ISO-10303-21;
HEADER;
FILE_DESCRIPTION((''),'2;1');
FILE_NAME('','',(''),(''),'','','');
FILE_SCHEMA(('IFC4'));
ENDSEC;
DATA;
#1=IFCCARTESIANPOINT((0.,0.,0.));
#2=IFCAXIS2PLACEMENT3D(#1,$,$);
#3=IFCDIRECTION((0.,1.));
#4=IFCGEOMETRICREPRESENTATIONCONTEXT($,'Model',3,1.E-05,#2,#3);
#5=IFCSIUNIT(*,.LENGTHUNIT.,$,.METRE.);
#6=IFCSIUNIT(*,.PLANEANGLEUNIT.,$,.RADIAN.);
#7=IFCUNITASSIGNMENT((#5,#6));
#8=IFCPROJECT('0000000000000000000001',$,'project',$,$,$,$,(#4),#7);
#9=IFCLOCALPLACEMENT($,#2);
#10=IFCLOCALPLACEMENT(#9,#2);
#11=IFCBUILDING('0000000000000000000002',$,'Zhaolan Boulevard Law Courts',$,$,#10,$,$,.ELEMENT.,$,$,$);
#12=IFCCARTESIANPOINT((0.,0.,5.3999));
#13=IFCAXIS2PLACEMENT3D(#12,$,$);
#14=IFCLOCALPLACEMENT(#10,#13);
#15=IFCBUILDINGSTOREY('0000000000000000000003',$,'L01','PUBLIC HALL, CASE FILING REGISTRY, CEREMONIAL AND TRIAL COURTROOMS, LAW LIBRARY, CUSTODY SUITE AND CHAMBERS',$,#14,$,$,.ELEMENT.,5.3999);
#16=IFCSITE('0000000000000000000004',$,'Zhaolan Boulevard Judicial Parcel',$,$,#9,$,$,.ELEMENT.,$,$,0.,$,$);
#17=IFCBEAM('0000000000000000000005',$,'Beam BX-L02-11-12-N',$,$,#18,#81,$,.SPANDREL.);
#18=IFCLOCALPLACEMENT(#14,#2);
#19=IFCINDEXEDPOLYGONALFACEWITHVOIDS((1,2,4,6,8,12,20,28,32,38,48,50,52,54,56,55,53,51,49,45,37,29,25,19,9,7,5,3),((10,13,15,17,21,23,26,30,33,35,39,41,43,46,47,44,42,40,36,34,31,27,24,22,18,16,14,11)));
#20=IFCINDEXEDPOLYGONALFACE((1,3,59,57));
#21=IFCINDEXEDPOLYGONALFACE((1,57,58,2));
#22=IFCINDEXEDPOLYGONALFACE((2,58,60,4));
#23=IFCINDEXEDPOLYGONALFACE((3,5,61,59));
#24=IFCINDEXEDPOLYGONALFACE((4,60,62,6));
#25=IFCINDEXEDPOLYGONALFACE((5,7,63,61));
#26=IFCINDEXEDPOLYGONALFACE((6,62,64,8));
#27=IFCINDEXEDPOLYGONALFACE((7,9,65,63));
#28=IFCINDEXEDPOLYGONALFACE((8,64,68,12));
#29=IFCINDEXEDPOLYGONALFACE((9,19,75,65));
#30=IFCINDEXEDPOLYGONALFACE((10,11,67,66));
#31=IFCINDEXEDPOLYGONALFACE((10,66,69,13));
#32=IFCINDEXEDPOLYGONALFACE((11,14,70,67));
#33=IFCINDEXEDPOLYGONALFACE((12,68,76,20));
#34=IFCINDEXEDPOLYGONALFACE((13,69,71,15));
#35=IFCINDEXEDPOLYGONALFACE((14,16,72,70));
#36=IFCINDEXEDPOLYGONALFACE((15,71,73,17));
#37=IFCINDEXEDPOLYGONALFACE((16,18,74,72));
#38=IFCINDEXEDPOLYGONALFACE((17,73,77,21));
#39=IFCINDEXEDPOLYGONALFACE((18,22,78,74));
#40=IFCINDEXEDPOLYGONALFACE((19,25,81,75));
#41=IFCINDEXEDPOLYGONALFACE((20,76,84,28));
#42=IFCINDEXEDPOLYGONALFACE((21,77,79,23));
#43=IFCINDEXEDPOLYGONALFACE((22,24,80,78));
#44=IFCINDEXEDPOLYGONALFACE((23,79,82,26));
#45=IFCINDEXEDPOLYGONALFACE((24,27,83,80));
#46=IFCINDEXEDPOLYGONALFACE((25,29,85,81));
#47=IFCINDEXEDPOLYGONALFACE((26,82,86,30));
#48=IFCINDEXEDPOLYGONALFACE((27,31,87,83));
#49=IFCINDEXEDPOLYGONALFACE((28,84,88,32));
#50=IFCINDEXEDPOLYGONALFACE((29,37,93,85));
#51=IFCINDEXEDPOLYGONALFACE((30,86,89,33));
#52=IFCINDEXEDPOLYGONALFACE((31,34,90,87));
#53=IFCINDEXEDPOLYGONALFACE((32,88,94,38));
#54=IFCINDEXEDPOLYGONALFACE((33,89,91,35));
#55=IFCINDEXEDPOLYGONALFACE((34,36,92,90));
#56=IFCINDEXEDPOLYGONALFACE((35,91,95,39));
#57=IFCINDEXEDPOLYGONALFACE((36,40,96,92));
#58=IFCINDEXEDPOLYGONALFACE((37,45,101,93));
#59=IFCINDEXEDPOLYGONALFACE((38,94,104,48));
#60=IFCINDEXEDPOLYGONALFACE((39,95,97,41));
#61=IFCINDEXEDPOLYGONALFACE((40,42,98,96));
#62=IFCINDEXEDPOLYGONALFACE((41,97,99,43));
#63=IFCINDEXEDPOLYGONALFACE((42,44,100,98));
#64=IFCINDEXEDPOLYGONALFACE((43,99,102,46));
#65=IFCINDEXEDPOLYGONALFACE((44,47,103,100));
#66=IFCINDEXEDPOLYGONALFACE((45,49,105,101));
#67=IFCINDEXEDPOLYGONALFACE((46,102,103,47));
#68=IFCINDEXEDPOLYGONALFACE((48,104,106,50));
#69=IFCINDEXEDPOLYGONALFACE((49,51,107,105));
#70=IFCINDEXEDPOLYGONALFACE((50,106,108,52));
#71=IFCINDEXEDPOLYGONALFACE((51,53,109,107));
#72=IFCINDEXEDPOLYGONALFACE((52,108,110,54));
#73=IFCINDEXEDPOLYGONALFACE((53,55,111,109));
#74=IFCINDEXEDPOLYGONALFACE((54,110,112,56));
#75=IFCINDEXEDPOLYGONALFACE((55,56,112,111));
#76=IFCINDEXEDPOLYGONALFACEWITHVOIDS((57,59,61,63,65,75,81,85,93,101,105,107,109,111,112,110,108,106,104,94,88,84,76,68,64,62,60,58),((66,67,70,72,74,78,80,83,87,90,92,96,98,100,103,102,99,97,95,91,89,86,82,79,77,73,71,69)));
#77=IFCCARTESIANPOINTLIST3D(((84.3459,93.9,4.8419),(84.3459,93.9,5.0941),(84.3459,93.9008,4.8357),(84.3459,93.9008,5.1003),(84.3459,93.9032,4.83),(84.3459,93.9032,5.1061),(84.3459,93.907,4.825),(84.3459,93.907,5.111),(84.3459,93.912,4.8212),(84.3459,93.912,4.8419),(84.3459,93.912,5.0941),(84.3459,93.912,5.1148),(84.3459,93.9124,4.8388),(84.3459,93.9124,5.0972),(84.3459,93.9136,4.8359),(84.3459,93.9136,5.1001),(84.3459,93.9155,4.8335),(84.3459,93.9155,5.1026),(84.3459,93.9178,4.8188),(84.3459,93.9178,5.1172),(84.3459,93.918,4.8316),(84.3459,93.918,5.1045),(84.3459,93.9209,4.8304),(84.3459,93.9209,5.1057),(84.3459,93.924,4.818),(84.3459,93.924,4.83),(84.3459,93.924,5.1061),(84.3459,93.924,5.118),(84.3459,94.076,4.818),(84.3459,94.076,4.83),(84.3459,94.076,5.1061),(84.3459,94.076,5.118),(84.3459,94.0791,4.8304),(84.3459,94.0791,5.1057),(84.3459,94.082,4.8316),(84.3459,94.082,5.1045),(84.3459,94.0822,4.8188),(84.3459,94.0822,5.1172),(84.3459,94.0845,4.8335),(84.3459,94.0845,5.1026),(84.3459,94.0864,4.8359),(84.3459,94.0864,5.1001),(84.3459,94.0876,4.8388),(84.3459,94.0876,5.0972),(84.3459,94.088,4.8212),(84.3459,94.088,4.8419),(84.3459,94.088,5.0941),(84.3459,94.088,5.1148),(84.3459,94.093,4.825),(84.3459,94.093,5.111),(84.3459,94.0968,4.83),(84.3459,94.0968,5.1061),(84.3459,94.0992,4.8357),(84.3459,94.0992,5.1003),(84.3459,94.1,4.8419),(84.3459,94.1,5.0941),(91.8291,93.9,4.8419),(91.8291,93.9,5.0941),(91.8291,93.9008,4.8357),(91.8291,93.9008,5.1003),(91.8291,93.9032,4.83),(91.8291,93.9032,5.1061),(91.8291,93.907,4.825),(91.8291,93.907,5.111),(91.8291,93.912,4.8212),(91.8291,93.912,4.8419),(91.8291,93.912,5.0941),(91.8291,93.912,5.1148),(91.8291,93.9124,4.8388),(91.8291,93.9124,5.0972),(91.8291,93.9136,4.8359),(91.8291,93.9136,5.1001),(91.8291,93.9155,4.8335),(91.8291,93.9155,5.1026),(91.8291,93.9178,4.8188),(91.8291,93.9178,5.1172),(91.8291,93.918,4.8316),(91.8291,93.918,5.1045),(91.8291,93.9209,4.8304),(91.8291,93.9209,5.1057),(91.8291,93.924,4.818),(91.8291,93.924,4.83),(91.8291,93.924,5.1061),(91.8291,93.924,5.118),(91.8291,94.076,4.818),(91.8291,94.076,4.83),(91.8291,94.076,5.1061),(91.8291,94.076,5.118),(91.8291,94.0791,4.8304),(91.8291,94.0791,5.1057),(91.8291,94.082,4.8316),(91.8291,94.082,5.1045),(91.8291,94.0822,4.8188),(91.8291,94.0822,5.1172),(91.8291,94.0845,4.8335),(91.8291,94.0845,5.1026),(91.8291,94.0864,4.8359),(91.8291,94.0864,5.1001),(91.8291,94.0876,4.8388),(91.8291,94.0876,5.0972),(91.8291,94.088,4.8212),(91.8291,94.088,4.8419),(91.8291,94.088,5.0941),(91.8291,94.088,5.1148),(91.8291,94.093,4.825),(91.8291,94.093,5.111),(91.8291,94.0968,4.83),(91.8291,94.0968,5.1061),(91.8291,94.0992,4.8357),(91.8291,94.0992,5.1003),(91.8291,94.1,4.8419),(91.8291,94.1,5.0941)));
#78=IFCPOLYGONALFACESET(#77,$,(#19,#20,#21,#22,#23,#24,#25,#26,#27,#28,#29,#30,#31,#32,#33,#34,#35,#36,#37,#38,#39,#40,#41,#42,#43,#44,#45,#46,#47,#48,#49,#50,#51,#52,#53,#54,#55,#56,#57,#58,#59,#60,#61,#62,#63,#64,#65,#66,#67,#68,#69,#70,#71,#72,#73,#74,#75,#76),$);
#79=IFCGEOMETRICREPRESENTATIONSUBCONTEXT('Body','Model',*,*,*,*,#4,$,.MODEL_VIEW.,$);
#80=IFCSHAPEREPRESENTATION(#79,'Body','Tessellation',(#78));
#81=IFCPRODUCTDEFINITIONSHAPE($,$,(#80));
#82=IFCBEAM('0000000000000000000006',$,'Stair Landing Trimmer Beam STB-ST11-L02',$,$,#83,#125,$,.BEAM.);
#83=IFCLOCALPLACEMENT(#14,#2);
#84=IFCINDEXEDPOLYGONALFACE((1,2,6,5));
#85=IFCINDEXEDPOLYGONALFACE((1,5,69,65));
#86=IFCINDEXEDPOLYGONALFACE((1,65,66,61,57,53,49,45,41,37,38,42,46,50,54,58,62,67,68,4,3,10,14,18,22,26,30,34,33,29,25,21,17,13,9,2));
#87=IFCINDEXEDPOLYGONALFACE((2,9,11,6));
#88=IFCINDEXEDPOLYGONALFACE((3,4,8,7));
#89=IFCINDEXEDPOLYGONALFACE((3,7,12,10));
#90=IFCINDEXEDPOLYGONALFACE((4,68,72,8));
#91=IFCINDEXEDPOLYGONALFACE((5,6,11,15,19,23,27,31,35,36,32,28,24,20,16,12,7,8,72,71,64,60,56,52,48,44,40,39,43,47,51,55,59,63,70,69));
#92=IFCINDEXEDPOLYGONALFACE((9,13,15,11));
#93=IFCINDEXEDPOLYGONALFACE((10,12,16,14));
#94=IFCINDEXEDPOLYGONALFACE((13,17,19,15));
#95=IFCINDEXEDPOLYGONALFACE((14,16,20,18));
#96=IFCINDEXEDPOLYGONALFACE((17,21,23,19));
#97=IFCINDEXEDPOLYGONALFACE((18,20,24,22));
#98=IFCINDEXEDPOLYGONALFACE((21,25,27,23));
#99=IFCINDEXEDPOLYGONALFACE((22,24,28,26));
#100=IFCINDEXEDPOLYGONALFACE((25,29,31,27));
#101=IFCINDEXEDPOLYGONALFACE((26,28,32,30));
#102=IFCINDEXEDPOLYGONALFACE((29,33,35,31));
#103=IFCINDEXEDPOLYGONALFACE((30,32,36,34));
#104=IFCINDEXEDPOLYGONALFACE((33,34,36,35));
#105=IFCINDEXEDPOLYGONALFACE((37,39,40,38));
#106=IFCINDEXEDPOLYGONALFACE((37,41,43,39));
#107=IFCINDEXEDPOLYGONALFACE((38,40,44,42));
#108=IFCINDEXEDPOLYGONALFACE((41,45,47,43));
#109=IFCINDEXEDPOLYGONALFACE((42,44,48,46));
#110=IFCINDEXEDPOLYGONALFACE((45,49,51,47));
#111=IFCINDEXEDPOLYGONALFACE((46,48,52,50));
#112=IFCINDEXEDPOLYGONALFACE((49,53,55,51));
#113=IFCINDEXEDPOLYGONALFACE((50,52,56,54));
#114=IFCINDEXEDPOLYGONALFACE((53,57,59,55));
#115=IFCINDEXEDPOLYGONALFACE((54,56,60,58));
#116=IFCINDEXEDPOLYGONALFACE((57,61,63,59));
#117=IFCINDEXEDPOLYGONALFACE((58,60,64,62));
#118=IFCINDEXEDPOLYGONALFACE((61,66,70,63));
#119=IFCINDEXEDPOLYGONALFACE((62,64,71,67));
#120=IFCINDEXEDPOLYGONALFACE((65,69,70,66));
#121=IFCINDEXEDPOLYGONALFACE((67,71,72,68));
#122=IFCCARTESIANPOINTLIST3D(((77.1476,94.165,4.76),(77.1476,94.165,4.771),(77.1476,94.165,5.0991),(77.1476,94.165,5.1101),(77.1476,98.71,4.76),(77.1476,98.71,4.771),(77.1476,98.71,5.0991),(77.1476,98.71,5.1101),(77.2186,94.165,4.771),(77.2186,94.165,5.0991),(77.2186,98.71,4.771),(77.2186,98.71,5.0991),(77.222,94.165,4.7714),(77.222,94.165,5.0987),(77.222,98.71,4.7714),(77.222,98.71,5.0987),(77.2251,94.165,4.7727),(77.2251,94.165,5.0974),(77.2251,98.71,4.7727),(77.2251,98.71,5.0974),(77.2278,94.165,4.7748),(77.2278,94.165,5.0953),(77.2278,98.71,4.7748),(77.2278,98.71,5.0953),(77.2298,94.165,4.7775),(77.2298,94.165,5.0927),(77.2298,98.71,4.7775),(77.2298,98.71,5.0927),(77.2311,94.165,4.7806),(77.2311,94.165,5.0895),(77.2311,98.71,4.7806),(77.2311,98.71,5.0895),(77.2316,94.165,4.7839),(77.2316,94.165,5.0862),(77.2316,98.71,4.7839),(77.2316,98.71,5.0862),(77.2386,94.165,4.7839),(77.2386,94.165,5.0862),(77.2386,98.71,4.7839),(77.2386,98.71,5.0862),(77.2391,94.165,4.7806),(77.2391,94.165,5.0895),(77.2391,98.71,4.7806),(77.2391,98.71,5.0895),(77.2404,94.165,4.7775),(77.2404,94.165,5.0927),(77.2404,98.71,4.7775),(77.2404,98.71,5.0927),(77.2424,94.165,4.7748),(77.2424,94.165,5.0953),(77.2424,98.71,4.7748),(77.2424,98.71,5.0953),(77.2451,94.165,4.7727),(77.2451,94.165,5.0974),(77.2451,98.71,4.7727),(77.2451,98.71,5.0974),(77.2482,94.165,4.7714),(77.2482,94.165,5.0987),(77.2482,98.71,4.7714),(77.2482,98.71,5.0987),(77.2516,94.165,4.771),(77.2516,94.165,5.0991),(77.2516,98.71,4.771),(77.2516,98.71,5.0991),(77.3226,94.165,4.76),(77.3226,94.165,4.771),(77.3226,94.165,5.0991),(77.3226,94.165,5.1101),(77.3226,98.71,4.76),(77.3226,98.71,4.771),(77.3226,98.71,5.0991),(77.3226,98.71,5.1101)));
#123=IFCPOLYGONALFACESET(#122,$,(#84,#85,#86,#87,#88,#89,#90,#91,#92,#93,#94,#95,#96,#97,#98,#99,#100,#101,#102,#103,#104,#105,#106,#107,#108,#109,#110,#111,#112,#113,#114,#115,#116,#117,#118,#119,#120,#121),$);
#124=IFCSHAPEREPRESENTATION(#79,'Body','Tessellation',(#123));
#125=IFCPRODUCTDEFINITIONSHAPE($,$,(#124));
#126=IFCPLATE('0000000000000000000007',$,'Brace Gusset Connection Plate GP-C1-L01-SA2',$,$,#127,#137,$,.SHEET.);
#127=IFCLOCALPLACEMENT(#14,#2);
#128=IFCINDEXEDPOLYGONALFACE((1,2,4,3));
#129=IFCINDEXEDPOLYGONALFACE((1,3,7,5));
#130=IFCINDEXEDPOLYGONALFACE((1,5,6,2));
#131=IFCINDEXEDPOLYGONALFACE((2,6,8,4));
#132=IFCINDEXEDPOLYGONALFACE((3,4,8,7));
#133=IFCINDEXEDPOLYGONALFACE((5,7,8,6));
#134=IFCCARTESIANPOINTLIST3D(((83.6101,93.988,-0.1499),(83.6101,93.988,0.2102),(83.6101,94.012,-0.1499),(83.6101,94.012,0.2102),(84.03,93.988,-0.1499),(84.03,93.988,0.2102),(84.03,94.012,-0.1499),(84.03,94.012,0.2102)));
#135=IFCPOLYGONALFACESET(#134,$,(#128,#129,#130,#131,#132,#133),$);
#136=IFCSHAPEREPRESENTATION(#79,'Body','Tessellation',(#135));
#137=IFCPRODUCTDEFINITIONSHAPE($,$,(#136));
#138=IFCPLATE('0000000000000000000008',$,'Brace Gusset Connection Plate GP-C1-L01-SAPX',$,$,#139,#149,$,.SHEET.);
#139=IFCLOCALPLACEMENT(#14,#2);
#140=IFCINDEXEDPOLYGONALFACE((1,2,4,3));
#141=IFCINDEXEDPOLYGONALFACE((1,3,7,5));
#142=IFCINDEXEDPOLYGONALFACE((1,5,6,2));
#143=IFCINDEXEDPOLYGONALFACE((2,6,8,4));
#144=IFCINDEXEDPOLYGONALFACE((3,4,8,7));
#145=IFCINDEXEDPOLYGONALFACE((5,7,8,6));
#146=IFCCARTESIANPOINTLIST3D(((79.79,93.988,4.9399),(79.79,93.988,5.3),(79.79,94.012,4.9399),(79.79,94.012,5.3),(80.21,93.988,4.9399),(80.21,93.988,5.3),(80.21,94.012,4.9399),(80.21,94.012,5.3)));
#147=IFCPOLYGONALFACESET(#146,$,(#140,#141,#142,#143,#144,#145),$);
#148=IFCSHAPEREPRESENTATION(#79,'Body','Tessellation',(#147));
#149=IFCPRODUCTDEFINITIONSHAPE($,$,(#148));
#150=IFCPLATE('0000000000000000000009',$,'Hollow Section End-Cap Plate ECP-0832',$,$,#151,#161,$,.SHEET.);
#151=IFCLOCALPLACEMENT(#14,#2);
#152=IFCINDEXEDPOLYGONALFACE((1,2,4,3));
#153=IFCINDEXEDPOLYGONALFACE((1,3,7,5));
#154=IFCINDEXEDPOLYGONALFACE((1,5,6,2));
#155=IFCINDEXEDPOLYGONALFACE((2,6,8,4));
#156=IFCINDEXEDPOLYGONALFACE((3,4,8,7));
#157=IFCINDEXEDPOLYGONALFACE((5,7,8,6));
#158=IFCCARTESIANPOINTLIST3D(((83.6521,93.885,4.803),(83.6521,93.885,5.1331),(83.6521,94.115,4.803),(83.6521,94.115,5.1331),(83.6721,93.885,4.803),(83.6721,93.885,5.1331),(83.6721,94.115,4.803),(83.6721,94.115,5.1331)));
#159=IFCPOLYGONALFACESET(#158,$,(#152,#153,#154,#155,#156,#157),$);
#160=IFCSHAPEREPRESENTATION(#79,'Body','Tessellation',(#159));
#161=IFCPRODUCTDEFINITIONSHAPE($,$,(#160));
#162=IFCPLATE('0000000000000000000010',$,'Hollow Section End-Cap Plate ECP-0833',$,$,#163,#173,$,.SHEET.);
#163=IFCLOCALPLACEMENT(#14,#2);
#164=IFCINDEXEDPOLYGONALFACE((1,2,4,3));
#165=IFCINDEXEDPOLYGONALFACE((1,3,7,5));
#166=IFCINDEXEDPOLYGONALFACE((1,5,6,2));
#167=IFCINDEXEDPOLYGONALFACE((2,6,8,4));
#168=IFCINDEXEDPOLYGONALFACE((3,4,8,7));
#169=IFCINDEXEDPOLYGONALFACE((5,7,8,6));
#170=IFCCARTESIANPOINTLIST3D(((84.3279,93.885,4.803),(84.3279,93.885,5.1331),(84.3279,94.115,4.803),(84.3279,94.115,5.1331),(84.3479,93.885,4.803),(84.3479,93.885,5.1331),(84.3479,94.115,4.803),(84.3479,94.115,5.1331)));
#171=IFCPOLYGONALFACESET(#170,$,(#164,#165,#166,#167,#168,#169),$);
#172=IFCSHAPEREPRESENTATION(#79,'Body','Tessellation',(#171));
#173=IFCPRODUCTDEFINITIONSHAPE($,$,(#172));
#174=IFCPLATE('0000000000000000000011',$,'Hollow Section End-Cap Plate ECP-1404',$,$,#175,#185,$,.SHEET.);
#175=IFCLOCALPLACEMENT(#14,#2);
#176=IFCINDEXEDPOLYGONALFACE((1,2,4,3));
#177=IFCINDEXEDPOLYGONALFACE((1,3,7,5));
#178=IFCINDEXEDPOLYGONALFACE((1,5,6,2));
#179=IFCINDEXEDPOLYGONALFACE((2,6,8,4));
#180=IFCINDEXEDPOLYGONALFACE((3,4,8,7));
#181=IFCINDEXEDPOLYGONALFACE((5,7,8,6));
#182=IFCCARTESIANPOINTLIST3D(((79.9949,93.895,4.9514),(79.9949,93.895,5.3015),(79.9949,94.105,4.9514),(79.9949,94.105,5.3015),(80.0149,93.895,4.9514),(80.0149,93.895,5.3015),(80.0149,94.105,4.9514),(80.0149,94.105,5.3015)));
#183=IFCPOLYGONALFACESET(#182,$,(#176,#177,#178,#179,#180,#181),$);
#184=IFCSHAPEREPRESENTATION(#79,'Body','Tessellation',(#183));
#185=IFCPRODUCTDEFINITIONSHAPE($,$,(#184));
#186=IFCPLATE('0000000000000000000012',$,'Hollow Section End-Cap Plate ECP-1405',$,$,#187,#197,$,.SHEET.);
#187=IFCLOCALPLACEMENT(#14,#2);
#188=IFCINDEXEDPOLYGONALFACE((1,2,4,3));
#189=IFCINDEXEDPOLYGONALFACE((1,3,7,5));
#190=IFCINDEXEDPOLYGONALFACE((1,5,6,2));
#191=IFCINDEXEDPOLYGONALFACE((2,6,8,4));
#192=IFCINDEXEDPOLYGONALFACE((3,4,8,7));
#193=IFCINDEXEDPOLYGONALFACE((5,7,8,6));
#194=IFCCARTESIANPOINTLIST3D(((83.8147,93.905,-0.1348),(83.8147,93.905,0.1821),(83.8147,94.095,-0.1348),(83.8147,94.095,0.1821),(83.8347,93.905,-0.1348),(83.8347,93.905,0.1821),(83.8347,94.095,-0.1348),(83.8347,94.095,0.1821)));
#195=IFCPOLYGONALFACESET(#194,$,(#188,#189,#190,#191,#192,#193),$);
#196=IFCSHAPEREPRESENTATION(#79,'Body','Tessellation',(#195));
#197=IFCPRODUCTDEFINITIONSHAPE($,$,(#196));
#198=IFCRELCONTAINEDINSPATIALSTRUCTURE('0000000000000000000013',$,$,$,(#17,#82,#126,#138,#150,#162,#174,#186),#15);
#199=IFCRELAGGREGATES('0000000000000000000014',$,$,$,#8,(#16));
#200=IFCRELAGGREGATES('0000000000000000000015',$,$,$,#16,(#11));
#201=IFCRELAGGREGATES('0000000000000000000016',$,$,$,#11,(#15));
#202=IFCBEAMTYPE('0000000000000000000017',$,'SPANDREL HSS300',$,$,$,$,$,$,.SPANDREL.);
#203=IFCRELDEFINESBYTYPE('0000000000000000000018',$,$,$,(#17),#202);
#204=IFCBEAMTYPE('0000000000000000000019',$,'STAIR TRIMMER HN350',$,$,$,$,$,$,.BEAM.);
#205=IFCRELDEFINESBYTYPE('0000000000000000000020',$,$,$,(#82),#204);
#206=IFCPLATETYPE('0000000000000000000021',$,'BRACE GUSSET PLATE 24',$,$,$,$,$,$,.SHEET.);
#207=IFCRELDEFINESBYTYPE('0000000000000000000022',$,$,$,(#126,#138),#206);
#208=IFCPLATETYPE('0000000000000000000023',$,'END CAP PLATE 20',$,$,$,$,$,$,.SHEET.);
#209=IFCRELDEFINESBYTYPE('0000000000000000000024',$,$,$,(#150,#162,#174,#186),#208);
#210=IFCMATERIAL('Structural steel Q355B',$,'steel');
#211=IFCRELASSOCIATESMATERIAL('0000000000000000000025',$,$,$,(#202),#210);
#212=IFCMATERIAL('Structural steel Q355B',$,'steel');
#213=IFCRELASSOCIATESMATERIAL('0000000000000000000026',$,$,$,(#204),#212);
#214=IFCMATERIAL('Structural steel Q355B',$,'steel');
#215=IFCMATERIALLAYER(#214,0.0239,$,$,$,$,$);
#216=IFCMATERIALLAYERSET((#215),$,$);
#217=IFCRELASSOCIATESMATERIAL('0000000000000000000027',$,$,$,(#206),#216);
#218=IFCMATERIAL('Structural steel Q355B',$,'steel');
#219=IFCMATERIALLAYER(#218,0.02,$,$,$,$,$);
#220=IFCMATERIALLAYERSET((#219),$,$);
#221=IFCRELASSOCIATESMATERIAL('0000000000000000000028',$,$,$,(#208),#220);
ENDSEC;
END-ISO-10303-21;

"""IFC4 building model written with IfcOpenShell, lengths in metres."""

from ifc_helpers import new_model, si_unit, direction, frame, origin, origin_2d, place, context, subcontext, project, spatial, rectangle, hollow_rectangle, i_section, extrude, material, layer, layer_set, material_profile, profile_set, type_object, element, save


model = new_model("IFC4")

# Units and contexts
model_context = context("Model", 3, precision=1e-05, world=origin(), true_north=direction((0.0, 1.0)))
body_context = subcontext(model_context, "Body", "Model", "MODEL_VIEW")
ifc_project = project(units=[si_unit("LENGTHUNIT", "METRE"), si_unit("PLANEANGLEUNIT", "RADIAN")], contexts=[model_context])

# Site, building, storey
site_placement = place(None, origin())
site = spatial("IfcSite", under=ifc_project, at=site_placement, Name="Zhaolan Boulevard Judicial Parcel", CompositionType="ELEMENT", RefElevation=0.0)
building_placement = place(site_placement, origin())
building = spatial("IfcBuilding", under=site, at=building_placement, Name="Zhaolan Boulevard Law Courts", CompositionType="ELEMENT")
storey_placement = place(building_placement, frame((0.0, 0.0, 5.3999)))
storey = spatial("IfcBuildingStorey", under=building, at=storey_placement, Name="L01", Description="PUBLIC HALL, CASE FILING REGISTRY, CEREMONIAL AND TRIAL COURTROOMS, LAW LIBRARY, CUSTODY SUITE AND CHAMBERS", CompositionType="ELEMENT", Elevation=5.3999)

# Beams
ifc_material_1 = material(Name="Structural steel Q355B", Category="steel")
ifc_material_profile_1 = material_profile(ifc_material_1, hollow_rectangle(XDim=0.2, YDim=0.3, WallThickness=0.012, InnerFilletRadius=0.012, OuterFilletRadius=0.0239, at=origin_2d()), Name="HSS300x200x12")
ifc_profile_set_1 = profile_set([ifc_material_profile_1], Name="Structural steel Q355B")
beam_type_1 = type_object("IfcBeamType", Name="SPANDREL HSS300", PredefinedType="SPANDREL", material=ifc_profile_set_1)
beam_1_placement = place(storey_placement, frame((84.3459, 94.0, 4.968), z_axis=(1.0, 0.0, 0.0), x_axis=(0.0, 1.0, 0.0)))
element("IfcBeam", 1, at=beam_1_placement, inside=storey, type_object=beam_type_1, Name="Beam BX-L02-11-12-N", PredefinedType="SPANDREL", context=body_context, shape_type="SweptSolid", body=[
    extrude(hollow_rectangle(XDim=0.2, YDim=0.3, WallThickness=0.012, InnerFilletRadius=0.012, OuterFilletRadius=0.0239, at=origin_2d()), origin(), (0.0, 0.0, 1.0), 7.4832),
])
ifc_material_2 = material(Name="Structural steel Q355B", Category="steel")
ifc_material_profile_2 = material_profile(ifc_material_2, i_section(OverallWidth=0.175, OverallDepth=0.3501, WebThickness=0.0071, FlangeThickness=0.011, FilletRadius=0.0129, at=origin_2d()), Name="HN350x175")
ifc_profile_set_2 = profile_set([ifc_material_profile_2], Name="Structural steel Q355B")
beam_type_2 = type_object("IfcBeamType", Name="STAIR TRIMMER HN350", PredefinedType="BEAM", material=ifc_profile_set_2)
beam_2_placement = place(storey_placement, frame((77.2351, 94.165, 4.9351), z_axis=(0.0, 1.0, 0.0), x_axis=(-1.0, 0.0, 0.0)))
element("IfcBeam", 2, at=beam_2_placement, inside=storey, type_object=beam_type_2, Name="Stair Landing Trimmer Beam STB-ST11-L02", PredefinedType="BEAM", context=body_context, shape_type="SweptSolid", body=[
    extrude(i_section(OverallWidth=0.175, OverallDepth=0.3501, WebThickness=0.0071, FlangeThickness=0.011, FilletRadius=0.0129, at=origin_2d()), origin(), (0.0, 0.0, 1.0), 4.5449),
])

# Plates
ifc_material_3 = material(Name="Structural steel Q355B", Category="steel")
ifc_layer_1 = layer(ifc_material_3, 0.0239)
ifc_layer_set_1 = layer_set([ifc_layer_1])
plate_type_1 = type_object("IfcPlateType", Name="BRACE GUSSET PLATE 24", PredefinedType="SHEET", material=ifc_layer_set_1)
for number, where, z_axis, x_axis, name in (
    (3, (83.8201, 94.0, -0.1499), (0.0, 0.0, 1.0), (1.0, 0.0, 0.0), "Brace Gusset Connection Plate GP-C1-L01-SA2"),
    (4, (80.0, 94.0, 4.9399), (0.0, 0.0, 1.0), (1.0, 0.0, 0.0), "Brace Gusset Connection Plate GP-C1-L01-SAPX"),
):
    element("IfcPlate", number, at=place(storey_placement, frame(where, z_axis=z_axis, x_axis=x_axis)), inside=storey, type_object=plate_type_1, Name=name, PredefinedType="SHEET", context=body_context, shape_type="SweptSolid", body=[
        extrude(rectangle(XDim=0.4199, YDim=0.0239, at=origin_2d()), origin(), (0.0, 0.0, 1.0), 0.3601),
    ])
ifc_material_4 = material(Name="Structural steel Q355B", Category="steel")
ifc_layer_2 = layer(ifc_material_4, 0.02)
ifc_layer_set_2 = layer_set([ifc_layer_2])
plate_type_2 = type_object("IfcPlateType", Name="END CAP PLATE 20", PredefinedType="SHEET", material=ifc_layer_set_2)
for number, where, z_axis, x_axis, name in (
    (5, (83.6621, 94.0, 4.803), (0.0, 0.0, 1.0), (1.0, 0.0, 0.0), "Hollow Section End-Cap Plate ECP-0832"),
    (6, (84.3379, 94.0, 4.803), (0.0, 0.0, 1.0), (1.0, 0.0, 0.0), "Hollow Section End-Cap Plate ECP-0833"),
):
    element("IfcPlate", number, at=place(storey_placement, frame(where, z_axis=z_axis, x_axis=x_axis)), inside=storey, type_object=plate_type_2, Name=name, PredefinedType="SHEET", context=body_context, shape_type="SweptSolid", body=[
        extrude(rectangle(XDim=0.02, YDim=0.23, at=origin_2d()), origin(), (0.0, 0.0, 1.0), 0.3301),
    ])
plate_placement = place(storey_placement, frame((80.0049, 94.0, 4.9514), z_axis=(0.0, 0.0, 1.0), x_axis=(1.0, 0.0, 0.0)))
element("IfcPlate", 7, at=plate_placement, inside=storey, type_object=plate_type_2, Name="Hollow Section End-Cap Plate ECP-1404", PredefinedType="SHEET", context=body_context, shape_type="SweptSolid", body=[
    extrude(rectangle(XDim=0.02, YDim=0.21, at=origin_2d()), origin(), (0.0, 0.0, 1.0), 0.3501),
])
for number, where, z_axis, x_axis, name in (
    (8, (83.8247, 94.0, -0.1348), (0.0, 0.0, 1.0), (-1.0, 0.0, 0.0), "Hollow Section End-Cap Plate ECP-1405"),
):
    element("IfcPlate", number, at=place(storey_placement, frame(where, z_axis=z_axis, x_axis=x_axis)), inside=storey, type_object=plate_type_2, Name=name, PredefinedType="SHEET", context=body_context, shape_type="SweptSolid", body=[
        extrude(rectangle(XDim=0.02, YDim=0.1899, at=origin_2d()), origin(), (0.0, 0.0, 1.0), 0.3169),
    ])

save(model, "model.ifc")
